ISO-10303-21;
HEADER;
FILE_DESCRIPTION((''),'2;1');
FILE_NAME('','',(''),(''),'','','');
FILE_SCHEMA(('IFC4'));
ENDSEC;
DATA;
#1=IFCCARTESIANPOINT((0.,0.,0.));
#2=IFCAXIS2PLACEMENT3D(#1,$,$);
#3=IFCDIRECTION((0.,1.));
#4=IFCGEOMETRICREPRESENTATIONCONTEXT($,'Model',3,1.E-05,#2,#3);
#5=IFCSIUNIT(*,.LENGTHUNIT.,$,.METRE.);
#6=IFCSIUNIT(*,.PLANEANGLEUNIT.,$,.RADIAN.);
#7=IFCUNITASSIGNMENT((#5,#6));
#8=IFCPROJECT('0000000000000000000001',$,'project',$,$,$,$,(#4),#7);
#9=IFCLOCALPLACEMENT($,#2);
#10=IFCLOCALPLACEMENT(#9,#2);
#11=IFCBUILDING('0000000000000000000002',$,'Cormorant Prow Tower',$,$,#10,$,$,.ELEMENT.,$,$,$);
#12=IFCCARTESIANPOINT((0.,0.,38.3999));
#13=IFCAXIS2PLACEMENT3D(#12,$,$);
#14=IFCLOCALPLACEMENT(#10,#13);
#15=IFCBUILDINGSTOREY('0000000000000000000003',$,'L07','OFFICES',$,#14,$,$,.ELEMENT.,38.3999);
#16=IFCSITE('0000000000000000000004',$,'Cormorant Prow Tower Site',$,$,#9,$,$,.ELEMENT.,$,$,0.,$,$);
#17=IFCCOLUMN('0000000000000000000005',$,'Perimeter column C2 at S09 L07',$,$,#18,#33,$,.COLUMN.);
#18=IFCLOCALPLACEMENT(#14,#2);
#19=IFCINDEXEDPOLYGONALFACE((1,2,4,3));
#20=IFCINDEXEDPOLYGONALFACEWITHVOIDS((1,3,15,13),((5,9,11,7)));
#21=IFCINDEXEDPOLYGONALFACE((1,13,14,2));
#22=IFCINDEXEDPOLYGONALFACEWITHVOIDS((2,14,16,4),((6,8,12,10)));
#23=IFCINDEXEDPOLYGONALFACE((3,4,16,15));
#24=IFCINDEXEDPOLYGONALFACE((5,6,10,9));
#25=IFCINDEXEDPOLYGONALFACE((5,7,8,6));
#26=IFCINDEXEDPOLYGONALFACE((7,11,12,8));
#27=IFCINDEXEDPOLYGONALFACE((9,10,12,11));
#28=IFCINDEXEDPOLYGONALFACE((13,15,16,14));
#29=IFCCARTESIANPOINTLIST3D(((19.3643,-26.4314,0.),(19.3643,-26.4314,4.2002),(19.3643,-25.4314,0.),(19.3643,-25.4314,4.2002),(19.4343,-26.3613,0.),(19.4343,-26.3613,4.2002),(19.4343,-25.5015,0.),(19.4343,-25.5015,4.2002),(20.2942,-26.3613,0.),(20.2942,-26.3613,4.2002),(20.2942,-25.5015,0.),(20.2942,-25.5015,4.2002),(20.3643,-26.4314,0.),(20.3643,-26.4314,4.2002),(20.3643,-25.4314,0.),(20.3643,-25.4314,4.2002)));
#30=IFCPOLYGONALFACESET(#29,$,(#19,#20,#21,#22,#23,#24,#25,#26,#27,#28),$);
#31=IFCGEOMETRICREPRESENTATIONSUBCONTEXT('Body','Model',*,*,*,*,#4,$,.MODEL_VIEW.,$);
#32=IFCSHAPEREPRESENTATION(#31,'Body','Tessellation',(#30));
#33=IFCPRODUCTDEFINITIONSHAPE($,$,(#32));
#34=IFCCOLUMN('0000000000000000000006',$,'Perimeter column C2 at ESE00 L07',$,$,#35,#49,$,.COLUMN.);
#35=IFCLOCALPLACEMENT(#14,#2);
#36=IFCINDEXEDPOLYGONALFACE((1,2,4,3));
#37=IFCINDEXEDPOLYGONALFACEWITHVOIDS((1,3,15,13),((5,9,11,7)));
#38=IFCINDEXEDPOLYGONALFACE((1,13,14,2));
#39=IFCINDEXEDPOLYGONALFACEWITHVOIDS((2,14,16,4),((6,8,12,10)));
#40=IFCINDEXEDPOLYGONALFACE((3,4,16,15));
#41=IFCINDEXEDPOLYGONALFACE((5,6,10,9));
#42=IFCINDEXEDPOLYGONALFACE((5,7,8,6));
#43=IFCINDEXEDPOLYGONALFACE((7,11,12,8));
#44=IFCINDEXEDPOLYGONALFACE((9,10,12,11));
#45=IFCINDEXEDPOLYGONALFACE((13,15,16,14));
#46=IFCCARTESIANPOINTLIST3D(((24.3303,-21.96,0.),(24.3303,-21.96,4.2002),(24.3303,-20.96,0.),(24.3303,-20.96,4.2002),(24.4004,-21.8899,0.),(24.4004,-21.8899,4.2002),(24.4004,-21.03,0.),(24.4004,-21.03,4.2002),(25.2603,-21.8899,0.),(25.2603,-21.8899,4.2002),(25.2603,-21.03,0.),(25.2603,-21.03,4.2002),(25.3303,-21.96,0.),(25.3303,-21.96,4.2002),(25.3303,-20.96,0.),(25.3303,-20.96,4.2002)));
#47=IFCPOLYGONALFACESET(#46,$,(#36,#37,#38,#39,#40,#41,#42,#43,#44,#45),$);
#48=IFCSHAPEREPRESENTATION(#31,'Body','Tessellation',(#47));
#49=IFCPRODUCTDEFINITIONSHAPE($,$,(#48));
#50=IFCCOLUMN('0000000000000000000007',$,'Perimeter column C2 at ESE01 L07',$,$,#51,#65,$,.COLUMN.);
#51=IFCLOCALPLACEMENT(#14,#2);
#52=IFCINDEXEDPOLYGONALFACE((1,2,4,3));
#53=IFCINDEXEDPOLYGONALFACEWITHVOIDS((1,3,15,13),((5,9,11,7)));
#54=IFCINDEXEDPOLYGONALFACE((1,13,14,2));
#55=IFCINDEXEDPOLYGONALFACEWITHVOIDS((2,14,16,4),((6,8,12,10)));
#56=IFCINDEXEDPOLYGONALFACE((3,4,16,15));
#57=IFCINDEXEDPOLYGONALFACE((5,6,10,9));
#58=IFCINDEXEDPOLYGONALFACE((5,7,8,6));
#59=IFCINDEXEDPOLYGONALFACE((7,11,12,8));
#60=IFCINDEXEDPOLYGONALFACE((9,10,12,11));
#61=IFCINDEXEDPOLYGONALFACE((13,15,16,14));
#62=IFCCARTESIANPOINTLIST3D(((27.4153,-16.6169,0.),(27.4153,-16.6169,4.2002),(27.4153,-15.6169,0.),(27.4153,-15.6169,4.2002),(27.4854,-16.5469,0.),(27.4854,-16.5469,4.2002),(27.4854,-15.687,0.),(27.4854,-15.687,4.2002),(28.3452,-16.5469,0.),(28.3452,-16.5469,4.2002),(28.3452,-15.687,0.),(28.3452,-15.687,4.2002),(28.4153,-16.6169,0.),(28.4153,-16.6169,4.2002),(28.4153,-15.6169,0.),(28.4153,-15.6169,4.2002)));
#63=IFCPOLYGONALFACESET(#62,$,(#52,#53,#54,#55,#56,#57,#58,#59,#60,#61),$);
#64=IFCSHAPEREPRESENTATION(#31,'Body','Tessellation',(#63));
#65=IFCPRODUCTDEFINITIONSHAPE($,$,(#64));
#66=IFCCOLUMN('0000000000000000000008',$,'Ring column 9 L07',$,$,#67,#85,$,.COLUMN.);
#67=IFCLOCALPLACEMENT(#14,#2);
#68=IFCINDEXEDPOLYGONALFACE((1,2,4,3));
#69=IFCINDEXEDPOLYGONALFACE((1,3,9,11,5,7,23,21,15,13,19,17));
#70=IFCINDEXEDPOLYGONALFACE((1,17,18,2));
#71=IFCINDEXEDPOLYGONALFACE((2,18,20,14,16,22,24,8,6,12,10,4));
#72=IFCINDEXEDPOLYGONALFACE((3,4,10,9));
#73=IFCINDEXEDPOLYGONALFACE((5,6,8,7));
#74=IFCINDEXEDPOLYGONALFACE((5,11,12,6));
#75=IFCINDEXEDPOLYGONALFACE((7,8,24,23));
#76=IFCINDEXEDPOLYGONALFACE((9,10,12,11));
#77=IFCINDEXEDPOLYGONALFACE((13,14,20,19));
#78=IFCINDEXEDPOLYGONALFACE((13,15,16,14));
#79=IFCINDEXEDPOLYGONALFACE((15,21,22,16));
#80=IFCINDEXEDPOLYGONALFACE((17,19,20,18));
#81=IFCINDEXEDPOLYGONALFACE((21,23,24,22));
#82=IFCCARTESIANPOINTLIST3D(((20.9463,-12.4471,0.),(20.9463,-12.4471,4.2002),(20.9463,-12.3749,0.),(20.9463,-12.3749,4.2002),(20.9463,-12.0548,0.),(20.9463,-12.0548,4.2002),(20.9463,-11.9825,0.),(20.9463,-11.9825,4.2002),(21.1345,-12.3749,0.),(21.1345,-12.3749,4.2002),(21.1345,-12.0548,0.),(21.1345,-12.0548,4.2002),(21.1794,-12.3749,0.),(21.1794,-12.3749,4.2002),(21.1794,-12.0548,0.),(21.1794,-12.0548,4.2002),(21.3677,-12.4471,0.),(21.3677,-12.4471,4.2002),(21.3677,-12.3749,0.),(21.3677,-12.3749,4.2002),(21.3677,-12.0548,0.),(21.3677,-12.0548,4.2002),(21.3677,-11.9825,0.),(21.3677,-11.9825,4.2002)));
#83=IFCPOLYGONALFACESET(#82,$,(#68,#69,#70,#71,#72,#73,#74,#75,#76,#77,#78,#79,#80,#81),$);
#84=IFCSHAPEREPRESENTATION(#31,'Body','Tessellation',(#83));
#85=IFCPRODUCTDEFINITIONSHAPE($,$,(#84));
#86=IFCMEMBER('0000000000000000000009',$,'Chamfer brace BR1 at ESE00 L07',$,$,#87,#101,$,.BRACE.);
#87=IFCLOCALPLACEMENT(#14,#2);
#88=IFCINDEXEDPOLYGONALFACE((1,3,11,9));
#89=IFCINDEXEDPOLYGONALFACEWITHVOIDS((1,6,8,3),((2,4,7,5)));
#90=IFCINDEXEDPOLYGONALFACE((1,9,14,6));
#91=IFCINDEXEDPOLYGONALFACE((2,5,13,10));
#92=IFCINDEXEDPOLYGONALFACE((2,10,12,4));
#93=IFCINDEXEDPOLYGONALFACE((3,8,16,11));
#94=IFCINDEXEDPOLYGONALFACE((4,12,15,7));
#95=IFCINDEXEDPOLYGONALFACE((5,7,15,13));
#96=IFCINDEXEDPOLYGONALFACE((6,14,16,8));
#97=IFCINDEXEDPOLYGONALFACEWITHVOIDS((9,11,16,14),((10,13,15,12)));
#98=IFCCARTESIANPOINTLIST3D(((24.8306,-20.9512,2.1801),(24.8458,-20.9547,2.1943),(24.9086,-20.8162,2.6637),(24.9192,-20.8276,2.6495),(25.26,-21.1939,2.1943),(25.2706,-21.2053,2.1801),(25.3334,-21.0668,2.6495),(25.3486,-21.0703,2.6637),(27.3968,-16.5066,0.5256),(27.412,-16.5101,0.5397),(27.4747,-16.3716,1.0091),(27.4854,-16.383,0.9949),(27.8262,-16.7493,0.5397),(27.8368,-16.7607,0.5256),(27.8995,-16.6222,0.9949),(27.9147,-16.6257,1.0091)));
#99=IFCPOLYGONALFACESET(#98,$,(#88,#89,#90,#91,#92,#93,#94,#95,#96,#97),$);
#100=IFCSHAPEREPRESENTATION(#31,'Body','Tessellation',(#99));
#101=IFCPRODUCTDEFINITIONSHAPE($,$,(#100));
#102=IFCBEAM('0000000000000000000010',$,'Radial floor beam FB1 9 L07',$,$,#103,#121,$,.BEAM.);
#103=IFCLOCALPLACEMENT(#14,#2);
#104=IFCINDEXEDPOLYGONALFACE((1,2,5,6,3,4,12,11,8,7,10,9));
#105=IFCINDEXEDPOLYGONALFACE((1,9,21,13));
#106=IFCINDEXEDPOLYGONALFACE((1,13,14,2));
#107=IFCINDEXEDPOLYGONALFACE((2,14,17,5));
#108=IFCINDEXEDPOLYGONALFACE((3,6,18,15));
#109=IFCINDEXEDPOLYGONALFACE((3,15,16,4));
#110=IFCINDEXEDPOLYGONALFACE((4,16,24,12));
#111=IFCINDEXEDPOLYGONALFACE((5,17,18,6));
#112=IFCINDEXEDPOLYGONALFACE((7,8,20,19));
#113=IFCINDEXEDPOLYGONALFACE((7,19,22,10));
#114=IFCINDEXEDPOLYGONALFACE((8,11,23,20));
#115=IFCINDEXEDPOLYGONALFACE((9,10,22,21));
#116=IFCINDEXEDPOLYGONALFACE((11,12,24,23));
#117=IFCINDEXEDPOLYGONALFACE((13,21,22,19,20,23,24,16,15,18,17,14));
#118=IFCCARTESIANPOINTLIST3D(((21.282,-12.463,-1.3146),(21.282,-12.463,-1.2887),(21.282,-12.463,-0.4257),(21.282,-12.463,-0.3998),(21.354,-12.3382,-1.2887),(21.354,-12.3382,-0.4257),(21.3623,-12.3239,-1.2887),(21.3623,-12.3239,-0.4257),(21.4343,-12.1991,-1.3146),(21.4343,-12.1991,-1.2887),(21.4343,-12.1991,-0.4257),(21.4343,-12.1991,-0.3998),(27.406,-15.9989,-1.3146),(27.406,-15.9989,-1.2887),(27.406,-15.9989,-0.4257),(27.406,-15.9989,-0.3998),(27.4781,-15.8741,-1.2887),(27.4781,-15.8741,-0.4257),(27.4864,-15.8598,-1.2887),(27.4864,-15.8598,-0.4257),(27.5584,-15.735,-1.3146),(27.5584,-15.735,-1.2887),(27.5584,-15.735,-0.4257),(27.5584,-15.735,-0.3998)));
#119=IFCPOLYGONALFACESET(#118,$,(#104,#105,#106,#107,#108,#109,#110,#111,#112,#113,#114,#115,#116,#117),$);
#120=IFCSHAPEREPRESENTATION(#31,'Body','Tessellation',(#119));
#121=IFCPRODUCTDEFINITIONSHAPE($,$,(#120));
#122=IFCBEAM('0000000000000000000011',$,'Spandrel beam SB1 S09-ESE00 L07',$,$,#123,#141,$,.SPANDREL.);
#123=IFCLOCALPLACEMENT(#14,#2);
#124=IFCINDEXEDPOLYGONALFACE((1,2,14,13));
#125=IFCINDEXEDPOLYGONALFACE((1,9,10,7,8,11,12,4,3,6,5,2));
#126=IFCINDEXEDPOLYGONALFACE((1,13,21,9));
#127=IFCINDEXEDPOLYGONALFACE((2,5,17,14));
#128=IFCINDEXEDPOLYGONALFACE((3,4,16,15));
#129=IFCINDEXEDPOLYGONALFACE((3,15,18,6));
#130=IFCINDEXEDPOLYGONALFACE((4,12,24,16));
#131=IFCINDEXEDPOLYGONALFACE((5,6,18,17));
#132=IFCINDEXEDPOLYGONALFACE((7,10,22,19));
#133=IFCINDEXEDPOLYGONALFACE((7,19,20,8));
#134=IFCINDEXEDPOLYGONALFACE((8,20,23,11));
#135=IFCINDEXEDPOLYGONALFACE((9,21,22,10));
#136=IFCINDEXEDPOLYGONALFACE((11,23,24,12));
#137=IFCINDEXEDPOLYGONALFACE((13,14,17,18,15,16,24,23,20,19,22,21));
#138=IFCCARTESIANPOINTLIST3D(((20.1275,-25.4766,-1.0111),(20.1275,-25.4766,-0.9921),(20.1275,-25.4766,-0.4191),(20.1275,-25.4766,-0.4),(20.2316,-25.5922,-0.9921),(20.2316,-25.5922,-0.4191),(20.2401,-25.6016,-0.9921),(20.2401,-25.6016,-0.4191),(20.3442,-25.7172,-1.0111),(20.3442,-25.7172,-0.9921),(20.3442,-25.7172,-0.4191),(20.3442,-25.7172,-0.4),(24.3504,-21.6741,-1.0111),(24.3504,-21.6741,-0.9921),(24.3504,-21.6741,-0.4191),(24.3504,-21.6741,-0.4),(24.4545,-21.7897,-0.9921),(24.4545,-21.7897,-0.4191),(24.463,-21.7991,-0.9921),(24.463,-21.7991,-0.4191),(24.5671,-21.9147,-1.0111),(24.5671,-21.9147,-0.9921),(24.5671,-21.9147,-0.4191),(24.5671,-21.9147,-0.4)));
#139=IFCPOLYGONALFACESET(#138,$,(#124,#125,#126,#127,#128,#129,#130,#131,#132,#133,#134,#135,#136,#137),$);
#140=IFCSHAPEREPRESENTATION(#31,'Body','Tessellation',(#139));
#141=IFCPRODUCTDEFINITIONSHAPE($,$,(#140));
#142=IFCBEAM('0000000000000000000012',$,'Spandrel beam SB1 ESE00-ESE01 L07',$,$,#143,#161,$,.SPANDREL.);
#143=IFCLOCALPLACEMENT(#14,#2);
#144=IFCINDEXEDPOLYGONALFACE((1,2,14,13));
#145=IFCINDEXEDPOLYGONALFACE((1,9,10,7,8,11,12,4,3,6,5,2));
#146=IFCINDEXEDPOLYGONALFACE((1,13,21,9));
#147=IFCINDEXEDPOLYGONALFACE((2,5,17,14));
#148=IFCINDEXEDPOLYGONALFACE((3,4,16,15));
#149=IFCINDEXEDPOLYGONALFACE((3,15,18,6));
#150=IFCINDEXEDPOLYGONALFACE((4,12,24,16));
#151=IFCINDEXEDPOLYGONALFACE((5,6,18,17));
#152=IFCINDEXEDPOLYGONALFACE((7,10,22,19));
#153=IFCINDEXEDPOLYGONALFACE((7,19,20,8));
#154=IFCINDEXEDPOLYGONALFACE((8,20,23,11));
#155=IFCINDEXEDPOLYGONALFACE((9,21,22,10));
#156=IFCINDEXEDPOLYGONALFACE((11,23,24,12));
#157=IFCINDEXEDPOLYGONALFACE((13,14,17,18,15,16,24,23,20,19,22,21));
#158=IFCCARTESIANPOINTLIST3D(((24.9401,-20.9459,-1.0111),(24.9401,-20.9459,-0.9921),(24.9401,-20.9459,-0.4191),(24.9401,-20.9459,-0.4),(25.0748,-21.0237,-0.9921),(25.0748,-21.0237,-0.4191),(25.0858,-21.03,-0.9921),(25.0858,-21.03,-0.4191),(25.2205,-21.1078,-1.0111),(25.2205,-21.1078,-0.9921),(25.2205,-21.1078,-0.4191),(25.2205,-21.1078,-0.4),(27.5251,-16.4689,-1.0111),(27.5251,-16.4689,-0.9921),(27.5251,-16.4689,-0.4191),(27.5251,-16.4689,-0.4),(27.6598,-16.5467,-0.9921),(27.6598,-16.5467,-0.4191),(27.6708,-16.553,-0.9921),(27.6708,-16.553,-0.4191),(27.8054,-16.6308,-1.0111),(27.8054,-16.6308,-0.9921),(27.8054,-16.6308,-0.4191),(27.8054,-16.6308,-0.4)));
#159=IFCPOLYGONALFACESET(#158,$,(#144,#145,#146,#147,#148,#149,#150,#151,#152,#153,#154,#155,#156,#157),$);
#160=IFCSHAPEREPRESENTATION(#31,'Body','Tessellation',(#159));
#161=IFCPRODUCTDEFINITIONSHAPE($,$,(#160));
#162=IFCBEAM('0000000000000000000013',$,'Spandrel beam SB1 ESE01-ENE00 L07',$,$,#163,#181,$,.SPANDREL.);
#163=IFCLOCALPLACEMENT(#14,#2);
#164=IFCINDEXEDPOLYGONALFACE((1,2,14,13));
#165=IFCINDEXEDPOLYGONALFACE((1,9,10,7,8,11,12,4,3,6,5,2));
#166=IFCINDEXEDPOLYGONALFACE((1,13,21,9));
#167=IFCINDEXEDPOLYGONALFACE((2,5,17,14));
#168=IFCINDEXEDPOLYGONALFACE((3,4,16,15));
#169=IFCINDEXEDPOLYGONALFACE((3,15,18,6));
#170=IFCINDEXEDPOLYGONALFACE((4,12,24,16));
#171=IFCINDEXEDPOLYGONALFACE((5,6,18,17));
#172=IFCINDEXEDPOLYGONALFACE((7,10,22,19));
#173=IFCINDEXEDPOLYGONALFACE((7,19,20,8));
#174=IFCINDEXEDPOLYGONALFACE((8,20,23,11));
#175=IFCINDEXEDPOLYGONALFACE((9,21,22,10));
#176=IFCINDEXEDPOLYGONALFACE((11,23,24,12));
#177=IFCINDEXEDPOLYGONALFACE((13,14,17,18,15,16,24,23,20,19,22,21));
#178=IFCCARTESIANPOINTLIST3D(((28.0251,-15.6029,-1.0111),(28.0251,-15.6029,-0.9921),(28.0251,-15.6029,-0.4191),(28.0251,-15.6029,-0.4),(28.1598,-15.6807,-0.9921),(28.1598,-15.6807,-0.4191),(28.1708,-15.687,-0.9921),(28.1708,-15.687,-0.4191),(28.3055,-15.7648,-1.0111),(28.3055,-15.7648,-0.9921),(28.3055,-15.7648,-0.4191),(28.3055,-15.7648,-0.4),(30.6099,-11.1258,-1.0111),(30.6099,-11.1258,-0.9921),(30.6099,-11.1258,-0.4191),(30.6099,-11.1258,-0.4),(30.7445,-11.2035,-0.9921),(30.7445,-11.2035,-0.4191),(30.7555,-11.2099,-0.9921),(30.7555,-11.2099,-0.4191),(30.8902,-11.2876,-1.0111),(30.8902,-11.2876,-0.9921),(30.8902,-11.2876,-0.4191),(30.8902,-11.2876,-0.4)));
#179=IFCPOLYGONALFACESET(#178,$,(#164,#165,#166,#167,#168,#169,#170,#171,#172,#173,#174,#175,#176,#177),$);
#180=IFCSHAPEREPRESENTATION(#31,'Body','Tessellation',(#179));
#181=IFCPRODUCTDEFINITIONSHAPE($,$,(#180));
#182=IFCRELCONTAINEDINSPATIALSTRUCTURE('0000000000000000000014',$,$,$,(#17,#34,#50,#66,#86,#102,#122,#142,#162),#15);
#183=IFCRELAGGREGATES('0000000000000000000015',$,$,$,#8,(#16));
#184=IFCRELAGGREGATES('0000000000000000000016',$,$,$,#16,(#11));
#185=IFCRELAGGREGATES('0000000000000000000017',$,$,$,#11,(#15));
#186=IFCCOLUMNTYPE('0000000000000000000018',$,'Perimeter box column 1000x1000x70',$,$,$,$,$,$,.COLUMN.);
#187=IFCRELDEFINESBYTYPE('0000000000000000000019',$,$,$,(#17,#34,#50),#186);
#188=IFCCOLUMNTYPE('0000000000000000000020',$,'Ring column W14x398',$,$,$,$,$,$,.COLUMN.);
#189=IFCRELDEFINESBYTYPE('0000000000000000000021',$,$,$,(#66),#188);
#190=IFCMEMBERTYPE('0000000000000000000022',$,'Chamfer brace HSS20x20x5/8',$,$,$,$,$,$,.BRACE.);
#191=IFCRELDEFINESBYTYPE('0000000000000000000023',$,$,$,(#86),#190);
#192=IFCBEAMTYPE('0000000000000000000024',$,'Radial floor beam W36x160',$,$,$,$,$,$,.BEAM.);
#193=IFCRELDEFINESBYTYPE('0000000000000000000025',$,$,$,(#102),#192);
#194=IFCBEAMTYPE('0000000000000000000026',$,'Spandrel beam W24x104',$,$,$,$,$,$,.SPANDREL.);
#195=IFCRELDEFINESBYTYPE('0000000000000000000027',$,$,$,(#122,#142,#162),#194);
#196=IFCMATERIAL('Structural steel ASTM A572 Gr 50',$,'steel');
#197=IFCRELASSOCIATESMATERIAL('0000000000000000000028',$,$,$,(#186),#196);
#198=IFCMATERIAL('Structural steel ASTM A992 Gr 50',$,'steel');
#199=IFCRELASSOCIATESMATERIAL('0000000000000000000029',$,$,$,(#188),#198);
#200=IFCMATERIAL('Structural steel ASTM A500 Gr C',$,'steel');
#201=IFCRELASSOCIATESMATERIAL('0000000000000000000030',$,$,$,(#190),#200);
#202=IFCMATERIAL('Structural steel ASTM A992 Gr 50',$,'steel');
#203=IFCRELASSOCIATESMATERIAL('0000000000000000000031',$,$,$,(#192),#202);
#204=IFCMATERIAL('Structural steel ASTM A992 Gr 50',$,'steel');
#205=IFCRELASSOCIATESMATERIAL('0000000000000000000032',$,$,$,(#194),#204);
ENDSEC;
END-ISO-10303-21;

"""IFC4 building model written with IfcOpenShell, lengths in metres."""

from ifc_helpers import new_model, si_unit, direction, frame, origin, origin_2d, place, context, subcontext, project, spatial, hollow_rectangle, i_section, extrude, material, material_profile, profile_set, type_object, element, save


model = new_model("IFC4")

# Units and contexts
model_context = context("Model", 3, precision=1e-05, world=origin(), true_north=direction((0.0, 1.0)))
body_context = subcontext(model_context, "Body", "Model", "MODEL_VIEW")
ifc_project = project(units=[si_unit("LENGTHUNIT", "METRE"), si_unit("PLANEANGLEUNIT", "RADIAN")], contexts=[model_context])

# Site, building, storey
site_placement = place(None, origin())
site = spatial("IfcSite", under=ifc_project, at=site_placement, Name="Cormorant Prow Tower Site", CompositionType="ELEMENT", RefElevation=0.0)
building_placement = place(site_placement, origin())
building = spatial("IfcBuilding", under=site, at=building_placement, Name="Cormorant Prow Tower", CompositionType="ELEMENT")
storey_placement = place(building_placement, frame((0.0, 0.0, 38.3999)))
storey = spatial("IfcBuildingStorey", under=building, at=storey_placement, Name="L07", Description="OFFICES", CompositionType="ELEMENT", Elevation=38.3999)

# Columns
ifc_material_1 = material(Name="Structural steel ASTM A572 Gr 50", Category="steel")
ifc_material_profile_1 = material_profile(ifc_material_1, hollow_rectangle(XDim=1.0, YDim=1.0, WallThickness=0.0701, at=origin_2d()), Name="Box 1000x1000x70")
ifc_profile_set_1 = profile_set([ifc_material_profile_1], Name="Structural steel ASTM A572 Gr 50")
column_type_1 = type_object("IfcColumnType", Name="Perimeter box column 1000x1000x70", PredefinedType="COLUMN", material=ifc_profile_set_1)
for number, where, z_axis, x_axis, name in (
    (1, (19.8643, -25.9314, 0.0), (0.0, 0.0, 1.0), (1.0, 0.0, 0.0), "Perimeter column C2 at S09 L07"),
    (2, (24.8303, -21.46, 0.0), (0.0, 0.0, 1.0), (1.0, 0.0, 0.0), "Perimeter column C2 at ESE00 L07"),
    (3, (27.9153, -16.1169, 0.0), (0.0, 0.0, 1.0), (1.0, 0.0, 0.0), "Perimeter column C2 at ESE01 L07"),
):
    element("IfcColumn", number, at=place(storey_placement, frame(where, z_axis=z_axis, x_axis=x_axis)), inside=storey, type_object=column_type_1, Name=name, PredefinedType="COLUMN", context=body_context, shape_type="SweptSolid", body=[
        extrude(hollow_rectangle(XDim=1.0, YDim=1.0, WallThickness=0.0701, at=origin_2d()), origin(), (0.0, 0.0, 1.0), 4.2002),
    ])
ifc_material_2 = material(Name="Structural steel ASTM A992 Gr 50", Category="steel")
ifc_material_profile_2 = material_profile(ifc_material_2, i_section(OverallWidth=0.4214, OverallDepth=0.4646, WebThickness=0.0449, FlangeThickness=0.0723, at=origin_2d()), Name="W14x398")
ifc_profile_set_2 = profile_set([ifc_material_profile_2], Name="Structural steel ASTM A992 Gr 50")
column_type_2 = type_object("IfcColumnType", Name="Ring column W14x398", PredefinedType="COLUMN", material=ifc_profile_set_2)
column_placement = place(storey_placement, frame((21.157, -12.2148, 0.0), z_axis=(0.0, 0.0, 1.0), x_axis=(1.0, 0.0, 0.0)))
element("IfcColumn", 4, at=column_placement, inside=storey, type_object=column_type_2, Name="Ring column 9 L07", PredefinedType="COLUMN", context=body_context, shape_type="SweptSolid", body=[
    extrude(i_section(OverallWidth=0.4214, OverallDepth=0.4646, WebThickness=0.0449, FlangeThickness=0.0723, at=origin_2d()), origin(), (0.0, 0.0, 1.0), 4.2002),
])

# Member
ifc_material_3 = material(Name="Structural steel ASTM A500 Gr C", Category="steel")
ifc_material_profile_3 = material_profile(ifc_material_3, hollow_rectangle(XDim=0.5081, YDim=0.5081, WallThickness=0.0149, at=origin_2d()), Name="HSS20x20x5/8")
ifc_profile_set_3 = profile_set([ifc_material_profile_3], Name="Structural steel ASTM A500 Gr C")
member_type = type_object("IfcMemberType", Name="Chamfer brace HSS20x20x5/8", PredefinedType="BRACE", material=ifc_profile_set_3)
member_placement = place(storey_placement, frame((27.6558, -16.5662, 0.7673), z_axis=(-0.475893, -0.824244, 0.306834), x_axis=(0.866018, -0.500012, 0.0)))
element("IfcMember", 5, at=member_placement, inside=storey, type_object=member_type, Name="Chamfer brace BR1 at ESE00 L07", PredefinedType="BRACE", context=body_context, shape_type="SweptSolid", body=[
    extrude(hollow_rectangle(XDim=0.5081, YDim=0.5081, WallThickness=0.0149, at=origin_2d()), origin(), (0.0, 0.0, 1.0), 5.3923),
])

# Beams
ifc_material_4 = material(Name="Structural steel ASTM A992 Gr 50", Category="steel")
ifc_material_profile_4 = material_profile(ifc_material_4, i_section(OverallWidth=0.3047, OverallDepth=0.9148, WebThickness=0.0166, FlangeThickness=0.0259, at=origin_2d()), Name="W36x160")
ifc_profile_set_4 = profile_set([ifc_material_profile_4], Name="Structural steel ASTM A992 Gr 50")
beam_type_1 = type_object("IfcBeamType", Name="Radial floor beam W36x160", PredefinedType="BEAM", material=ifc_profile_set_4)
beam_1_placement = place(storey_placement, frame((21.3582, -12.3311, -0.8572), z_axis=(0.866014, -0.500019, 0.0), x_axis=(0.500019, 0.866014, 0.0)))
element("IfcBeam", 6, at=beam_1_placement, inside=storey, type_object=beam_type_1, Name="Radial floor beam FB1 9 L07", PredefinedType="BEAM", context=body_context, shape_type="SweptSolid", body=[
    extrude(i_section(OverallWidth=0.3047, OverallDepth=0.9148, WebThickness=0.0166, FlangeThickness=0.0259, at=origin_2d()), origin(), (0.0, 0.0, 1.0), 7.0715),
])
ifc_material_5 = material(Name="Structural steel ASTM A992 Gr 50", Category="steel")
ifc_material_profile_5 = material_profile(ifc_material_5, i_section(OverallWidth=0.3237, OverallDepth=0.6111, WebThickness=0.0127, FlangeThickness=0.019, at=origin_2d()), Name="W24x104")
ifc_profile_set_5 = profile_set([ifc_material_profile_5], Name="Structural steel ASTM A992 Gr 50")
beam_type_2 = type_object("IfcBeamType", Name="Spandrel beam W24x104", PredefinedType="SPANDREL", material=ifc_profile_set_5)
beam_2_placement = place(storey_placement, frame((20.2358, -25.5969, -0.7056), z_axis=(0.74313, 0.669147, 0.0), x_axis=(-0.669147, 0.74313, 0.0)))
element("IfcBeam", 7, at=beam_2_placement, inside=storey, type_object=beam_type_2, Name="Spandrel beam SB1 S09-ESE00 L07", PredefinedType="SPANDREL", context=body_context, shape_type="SweptSolid", body=[
    extrude(i_section(OverallWidth=0.3237, OverallDepth=0.6111, WebThickness=0.0127, FlangeThickness=0.019, at=origin_2d()), origin(), (0.0, 0.0, 1.0), 5.6826),
])
for number, where, z_axis, x_axis, name in (
    (8, (25.0803, -21.0269, -0.7056), (0.50002, 0.866014, 0.0), (-0.866014, 0.50002, 0.0), "Spandrel beam SB1 ESE00-ESE01 L07"),
    (9, (28.1653, -15.6838, -0.7056), (0.499984, 0.866035, 0.0), (-0.866035, 0.499984, 0.0), "Spandrel beam SB1 ESE01-ENE00 L07"),
):
    element("IfcBeam", number, at=place(storey_placement, frame(where, z_axis=z_axis, x_axis=x_axis)), inside=storey, type_object=beam_type_2, Name=name, PredefinedType="SPANDREL", context=body_context, shape_type="SweptSolid", body=[
        extrude(i_section(OverallWidth=0.3237, OverallDepth=0.6111, WebThickness=0.0127, FlangeThickness=0.019, at=origin_2d()), origin(), (0.0, 0.0, 1.0), 5.1697),
    ])

save(model, "model.ifc")
